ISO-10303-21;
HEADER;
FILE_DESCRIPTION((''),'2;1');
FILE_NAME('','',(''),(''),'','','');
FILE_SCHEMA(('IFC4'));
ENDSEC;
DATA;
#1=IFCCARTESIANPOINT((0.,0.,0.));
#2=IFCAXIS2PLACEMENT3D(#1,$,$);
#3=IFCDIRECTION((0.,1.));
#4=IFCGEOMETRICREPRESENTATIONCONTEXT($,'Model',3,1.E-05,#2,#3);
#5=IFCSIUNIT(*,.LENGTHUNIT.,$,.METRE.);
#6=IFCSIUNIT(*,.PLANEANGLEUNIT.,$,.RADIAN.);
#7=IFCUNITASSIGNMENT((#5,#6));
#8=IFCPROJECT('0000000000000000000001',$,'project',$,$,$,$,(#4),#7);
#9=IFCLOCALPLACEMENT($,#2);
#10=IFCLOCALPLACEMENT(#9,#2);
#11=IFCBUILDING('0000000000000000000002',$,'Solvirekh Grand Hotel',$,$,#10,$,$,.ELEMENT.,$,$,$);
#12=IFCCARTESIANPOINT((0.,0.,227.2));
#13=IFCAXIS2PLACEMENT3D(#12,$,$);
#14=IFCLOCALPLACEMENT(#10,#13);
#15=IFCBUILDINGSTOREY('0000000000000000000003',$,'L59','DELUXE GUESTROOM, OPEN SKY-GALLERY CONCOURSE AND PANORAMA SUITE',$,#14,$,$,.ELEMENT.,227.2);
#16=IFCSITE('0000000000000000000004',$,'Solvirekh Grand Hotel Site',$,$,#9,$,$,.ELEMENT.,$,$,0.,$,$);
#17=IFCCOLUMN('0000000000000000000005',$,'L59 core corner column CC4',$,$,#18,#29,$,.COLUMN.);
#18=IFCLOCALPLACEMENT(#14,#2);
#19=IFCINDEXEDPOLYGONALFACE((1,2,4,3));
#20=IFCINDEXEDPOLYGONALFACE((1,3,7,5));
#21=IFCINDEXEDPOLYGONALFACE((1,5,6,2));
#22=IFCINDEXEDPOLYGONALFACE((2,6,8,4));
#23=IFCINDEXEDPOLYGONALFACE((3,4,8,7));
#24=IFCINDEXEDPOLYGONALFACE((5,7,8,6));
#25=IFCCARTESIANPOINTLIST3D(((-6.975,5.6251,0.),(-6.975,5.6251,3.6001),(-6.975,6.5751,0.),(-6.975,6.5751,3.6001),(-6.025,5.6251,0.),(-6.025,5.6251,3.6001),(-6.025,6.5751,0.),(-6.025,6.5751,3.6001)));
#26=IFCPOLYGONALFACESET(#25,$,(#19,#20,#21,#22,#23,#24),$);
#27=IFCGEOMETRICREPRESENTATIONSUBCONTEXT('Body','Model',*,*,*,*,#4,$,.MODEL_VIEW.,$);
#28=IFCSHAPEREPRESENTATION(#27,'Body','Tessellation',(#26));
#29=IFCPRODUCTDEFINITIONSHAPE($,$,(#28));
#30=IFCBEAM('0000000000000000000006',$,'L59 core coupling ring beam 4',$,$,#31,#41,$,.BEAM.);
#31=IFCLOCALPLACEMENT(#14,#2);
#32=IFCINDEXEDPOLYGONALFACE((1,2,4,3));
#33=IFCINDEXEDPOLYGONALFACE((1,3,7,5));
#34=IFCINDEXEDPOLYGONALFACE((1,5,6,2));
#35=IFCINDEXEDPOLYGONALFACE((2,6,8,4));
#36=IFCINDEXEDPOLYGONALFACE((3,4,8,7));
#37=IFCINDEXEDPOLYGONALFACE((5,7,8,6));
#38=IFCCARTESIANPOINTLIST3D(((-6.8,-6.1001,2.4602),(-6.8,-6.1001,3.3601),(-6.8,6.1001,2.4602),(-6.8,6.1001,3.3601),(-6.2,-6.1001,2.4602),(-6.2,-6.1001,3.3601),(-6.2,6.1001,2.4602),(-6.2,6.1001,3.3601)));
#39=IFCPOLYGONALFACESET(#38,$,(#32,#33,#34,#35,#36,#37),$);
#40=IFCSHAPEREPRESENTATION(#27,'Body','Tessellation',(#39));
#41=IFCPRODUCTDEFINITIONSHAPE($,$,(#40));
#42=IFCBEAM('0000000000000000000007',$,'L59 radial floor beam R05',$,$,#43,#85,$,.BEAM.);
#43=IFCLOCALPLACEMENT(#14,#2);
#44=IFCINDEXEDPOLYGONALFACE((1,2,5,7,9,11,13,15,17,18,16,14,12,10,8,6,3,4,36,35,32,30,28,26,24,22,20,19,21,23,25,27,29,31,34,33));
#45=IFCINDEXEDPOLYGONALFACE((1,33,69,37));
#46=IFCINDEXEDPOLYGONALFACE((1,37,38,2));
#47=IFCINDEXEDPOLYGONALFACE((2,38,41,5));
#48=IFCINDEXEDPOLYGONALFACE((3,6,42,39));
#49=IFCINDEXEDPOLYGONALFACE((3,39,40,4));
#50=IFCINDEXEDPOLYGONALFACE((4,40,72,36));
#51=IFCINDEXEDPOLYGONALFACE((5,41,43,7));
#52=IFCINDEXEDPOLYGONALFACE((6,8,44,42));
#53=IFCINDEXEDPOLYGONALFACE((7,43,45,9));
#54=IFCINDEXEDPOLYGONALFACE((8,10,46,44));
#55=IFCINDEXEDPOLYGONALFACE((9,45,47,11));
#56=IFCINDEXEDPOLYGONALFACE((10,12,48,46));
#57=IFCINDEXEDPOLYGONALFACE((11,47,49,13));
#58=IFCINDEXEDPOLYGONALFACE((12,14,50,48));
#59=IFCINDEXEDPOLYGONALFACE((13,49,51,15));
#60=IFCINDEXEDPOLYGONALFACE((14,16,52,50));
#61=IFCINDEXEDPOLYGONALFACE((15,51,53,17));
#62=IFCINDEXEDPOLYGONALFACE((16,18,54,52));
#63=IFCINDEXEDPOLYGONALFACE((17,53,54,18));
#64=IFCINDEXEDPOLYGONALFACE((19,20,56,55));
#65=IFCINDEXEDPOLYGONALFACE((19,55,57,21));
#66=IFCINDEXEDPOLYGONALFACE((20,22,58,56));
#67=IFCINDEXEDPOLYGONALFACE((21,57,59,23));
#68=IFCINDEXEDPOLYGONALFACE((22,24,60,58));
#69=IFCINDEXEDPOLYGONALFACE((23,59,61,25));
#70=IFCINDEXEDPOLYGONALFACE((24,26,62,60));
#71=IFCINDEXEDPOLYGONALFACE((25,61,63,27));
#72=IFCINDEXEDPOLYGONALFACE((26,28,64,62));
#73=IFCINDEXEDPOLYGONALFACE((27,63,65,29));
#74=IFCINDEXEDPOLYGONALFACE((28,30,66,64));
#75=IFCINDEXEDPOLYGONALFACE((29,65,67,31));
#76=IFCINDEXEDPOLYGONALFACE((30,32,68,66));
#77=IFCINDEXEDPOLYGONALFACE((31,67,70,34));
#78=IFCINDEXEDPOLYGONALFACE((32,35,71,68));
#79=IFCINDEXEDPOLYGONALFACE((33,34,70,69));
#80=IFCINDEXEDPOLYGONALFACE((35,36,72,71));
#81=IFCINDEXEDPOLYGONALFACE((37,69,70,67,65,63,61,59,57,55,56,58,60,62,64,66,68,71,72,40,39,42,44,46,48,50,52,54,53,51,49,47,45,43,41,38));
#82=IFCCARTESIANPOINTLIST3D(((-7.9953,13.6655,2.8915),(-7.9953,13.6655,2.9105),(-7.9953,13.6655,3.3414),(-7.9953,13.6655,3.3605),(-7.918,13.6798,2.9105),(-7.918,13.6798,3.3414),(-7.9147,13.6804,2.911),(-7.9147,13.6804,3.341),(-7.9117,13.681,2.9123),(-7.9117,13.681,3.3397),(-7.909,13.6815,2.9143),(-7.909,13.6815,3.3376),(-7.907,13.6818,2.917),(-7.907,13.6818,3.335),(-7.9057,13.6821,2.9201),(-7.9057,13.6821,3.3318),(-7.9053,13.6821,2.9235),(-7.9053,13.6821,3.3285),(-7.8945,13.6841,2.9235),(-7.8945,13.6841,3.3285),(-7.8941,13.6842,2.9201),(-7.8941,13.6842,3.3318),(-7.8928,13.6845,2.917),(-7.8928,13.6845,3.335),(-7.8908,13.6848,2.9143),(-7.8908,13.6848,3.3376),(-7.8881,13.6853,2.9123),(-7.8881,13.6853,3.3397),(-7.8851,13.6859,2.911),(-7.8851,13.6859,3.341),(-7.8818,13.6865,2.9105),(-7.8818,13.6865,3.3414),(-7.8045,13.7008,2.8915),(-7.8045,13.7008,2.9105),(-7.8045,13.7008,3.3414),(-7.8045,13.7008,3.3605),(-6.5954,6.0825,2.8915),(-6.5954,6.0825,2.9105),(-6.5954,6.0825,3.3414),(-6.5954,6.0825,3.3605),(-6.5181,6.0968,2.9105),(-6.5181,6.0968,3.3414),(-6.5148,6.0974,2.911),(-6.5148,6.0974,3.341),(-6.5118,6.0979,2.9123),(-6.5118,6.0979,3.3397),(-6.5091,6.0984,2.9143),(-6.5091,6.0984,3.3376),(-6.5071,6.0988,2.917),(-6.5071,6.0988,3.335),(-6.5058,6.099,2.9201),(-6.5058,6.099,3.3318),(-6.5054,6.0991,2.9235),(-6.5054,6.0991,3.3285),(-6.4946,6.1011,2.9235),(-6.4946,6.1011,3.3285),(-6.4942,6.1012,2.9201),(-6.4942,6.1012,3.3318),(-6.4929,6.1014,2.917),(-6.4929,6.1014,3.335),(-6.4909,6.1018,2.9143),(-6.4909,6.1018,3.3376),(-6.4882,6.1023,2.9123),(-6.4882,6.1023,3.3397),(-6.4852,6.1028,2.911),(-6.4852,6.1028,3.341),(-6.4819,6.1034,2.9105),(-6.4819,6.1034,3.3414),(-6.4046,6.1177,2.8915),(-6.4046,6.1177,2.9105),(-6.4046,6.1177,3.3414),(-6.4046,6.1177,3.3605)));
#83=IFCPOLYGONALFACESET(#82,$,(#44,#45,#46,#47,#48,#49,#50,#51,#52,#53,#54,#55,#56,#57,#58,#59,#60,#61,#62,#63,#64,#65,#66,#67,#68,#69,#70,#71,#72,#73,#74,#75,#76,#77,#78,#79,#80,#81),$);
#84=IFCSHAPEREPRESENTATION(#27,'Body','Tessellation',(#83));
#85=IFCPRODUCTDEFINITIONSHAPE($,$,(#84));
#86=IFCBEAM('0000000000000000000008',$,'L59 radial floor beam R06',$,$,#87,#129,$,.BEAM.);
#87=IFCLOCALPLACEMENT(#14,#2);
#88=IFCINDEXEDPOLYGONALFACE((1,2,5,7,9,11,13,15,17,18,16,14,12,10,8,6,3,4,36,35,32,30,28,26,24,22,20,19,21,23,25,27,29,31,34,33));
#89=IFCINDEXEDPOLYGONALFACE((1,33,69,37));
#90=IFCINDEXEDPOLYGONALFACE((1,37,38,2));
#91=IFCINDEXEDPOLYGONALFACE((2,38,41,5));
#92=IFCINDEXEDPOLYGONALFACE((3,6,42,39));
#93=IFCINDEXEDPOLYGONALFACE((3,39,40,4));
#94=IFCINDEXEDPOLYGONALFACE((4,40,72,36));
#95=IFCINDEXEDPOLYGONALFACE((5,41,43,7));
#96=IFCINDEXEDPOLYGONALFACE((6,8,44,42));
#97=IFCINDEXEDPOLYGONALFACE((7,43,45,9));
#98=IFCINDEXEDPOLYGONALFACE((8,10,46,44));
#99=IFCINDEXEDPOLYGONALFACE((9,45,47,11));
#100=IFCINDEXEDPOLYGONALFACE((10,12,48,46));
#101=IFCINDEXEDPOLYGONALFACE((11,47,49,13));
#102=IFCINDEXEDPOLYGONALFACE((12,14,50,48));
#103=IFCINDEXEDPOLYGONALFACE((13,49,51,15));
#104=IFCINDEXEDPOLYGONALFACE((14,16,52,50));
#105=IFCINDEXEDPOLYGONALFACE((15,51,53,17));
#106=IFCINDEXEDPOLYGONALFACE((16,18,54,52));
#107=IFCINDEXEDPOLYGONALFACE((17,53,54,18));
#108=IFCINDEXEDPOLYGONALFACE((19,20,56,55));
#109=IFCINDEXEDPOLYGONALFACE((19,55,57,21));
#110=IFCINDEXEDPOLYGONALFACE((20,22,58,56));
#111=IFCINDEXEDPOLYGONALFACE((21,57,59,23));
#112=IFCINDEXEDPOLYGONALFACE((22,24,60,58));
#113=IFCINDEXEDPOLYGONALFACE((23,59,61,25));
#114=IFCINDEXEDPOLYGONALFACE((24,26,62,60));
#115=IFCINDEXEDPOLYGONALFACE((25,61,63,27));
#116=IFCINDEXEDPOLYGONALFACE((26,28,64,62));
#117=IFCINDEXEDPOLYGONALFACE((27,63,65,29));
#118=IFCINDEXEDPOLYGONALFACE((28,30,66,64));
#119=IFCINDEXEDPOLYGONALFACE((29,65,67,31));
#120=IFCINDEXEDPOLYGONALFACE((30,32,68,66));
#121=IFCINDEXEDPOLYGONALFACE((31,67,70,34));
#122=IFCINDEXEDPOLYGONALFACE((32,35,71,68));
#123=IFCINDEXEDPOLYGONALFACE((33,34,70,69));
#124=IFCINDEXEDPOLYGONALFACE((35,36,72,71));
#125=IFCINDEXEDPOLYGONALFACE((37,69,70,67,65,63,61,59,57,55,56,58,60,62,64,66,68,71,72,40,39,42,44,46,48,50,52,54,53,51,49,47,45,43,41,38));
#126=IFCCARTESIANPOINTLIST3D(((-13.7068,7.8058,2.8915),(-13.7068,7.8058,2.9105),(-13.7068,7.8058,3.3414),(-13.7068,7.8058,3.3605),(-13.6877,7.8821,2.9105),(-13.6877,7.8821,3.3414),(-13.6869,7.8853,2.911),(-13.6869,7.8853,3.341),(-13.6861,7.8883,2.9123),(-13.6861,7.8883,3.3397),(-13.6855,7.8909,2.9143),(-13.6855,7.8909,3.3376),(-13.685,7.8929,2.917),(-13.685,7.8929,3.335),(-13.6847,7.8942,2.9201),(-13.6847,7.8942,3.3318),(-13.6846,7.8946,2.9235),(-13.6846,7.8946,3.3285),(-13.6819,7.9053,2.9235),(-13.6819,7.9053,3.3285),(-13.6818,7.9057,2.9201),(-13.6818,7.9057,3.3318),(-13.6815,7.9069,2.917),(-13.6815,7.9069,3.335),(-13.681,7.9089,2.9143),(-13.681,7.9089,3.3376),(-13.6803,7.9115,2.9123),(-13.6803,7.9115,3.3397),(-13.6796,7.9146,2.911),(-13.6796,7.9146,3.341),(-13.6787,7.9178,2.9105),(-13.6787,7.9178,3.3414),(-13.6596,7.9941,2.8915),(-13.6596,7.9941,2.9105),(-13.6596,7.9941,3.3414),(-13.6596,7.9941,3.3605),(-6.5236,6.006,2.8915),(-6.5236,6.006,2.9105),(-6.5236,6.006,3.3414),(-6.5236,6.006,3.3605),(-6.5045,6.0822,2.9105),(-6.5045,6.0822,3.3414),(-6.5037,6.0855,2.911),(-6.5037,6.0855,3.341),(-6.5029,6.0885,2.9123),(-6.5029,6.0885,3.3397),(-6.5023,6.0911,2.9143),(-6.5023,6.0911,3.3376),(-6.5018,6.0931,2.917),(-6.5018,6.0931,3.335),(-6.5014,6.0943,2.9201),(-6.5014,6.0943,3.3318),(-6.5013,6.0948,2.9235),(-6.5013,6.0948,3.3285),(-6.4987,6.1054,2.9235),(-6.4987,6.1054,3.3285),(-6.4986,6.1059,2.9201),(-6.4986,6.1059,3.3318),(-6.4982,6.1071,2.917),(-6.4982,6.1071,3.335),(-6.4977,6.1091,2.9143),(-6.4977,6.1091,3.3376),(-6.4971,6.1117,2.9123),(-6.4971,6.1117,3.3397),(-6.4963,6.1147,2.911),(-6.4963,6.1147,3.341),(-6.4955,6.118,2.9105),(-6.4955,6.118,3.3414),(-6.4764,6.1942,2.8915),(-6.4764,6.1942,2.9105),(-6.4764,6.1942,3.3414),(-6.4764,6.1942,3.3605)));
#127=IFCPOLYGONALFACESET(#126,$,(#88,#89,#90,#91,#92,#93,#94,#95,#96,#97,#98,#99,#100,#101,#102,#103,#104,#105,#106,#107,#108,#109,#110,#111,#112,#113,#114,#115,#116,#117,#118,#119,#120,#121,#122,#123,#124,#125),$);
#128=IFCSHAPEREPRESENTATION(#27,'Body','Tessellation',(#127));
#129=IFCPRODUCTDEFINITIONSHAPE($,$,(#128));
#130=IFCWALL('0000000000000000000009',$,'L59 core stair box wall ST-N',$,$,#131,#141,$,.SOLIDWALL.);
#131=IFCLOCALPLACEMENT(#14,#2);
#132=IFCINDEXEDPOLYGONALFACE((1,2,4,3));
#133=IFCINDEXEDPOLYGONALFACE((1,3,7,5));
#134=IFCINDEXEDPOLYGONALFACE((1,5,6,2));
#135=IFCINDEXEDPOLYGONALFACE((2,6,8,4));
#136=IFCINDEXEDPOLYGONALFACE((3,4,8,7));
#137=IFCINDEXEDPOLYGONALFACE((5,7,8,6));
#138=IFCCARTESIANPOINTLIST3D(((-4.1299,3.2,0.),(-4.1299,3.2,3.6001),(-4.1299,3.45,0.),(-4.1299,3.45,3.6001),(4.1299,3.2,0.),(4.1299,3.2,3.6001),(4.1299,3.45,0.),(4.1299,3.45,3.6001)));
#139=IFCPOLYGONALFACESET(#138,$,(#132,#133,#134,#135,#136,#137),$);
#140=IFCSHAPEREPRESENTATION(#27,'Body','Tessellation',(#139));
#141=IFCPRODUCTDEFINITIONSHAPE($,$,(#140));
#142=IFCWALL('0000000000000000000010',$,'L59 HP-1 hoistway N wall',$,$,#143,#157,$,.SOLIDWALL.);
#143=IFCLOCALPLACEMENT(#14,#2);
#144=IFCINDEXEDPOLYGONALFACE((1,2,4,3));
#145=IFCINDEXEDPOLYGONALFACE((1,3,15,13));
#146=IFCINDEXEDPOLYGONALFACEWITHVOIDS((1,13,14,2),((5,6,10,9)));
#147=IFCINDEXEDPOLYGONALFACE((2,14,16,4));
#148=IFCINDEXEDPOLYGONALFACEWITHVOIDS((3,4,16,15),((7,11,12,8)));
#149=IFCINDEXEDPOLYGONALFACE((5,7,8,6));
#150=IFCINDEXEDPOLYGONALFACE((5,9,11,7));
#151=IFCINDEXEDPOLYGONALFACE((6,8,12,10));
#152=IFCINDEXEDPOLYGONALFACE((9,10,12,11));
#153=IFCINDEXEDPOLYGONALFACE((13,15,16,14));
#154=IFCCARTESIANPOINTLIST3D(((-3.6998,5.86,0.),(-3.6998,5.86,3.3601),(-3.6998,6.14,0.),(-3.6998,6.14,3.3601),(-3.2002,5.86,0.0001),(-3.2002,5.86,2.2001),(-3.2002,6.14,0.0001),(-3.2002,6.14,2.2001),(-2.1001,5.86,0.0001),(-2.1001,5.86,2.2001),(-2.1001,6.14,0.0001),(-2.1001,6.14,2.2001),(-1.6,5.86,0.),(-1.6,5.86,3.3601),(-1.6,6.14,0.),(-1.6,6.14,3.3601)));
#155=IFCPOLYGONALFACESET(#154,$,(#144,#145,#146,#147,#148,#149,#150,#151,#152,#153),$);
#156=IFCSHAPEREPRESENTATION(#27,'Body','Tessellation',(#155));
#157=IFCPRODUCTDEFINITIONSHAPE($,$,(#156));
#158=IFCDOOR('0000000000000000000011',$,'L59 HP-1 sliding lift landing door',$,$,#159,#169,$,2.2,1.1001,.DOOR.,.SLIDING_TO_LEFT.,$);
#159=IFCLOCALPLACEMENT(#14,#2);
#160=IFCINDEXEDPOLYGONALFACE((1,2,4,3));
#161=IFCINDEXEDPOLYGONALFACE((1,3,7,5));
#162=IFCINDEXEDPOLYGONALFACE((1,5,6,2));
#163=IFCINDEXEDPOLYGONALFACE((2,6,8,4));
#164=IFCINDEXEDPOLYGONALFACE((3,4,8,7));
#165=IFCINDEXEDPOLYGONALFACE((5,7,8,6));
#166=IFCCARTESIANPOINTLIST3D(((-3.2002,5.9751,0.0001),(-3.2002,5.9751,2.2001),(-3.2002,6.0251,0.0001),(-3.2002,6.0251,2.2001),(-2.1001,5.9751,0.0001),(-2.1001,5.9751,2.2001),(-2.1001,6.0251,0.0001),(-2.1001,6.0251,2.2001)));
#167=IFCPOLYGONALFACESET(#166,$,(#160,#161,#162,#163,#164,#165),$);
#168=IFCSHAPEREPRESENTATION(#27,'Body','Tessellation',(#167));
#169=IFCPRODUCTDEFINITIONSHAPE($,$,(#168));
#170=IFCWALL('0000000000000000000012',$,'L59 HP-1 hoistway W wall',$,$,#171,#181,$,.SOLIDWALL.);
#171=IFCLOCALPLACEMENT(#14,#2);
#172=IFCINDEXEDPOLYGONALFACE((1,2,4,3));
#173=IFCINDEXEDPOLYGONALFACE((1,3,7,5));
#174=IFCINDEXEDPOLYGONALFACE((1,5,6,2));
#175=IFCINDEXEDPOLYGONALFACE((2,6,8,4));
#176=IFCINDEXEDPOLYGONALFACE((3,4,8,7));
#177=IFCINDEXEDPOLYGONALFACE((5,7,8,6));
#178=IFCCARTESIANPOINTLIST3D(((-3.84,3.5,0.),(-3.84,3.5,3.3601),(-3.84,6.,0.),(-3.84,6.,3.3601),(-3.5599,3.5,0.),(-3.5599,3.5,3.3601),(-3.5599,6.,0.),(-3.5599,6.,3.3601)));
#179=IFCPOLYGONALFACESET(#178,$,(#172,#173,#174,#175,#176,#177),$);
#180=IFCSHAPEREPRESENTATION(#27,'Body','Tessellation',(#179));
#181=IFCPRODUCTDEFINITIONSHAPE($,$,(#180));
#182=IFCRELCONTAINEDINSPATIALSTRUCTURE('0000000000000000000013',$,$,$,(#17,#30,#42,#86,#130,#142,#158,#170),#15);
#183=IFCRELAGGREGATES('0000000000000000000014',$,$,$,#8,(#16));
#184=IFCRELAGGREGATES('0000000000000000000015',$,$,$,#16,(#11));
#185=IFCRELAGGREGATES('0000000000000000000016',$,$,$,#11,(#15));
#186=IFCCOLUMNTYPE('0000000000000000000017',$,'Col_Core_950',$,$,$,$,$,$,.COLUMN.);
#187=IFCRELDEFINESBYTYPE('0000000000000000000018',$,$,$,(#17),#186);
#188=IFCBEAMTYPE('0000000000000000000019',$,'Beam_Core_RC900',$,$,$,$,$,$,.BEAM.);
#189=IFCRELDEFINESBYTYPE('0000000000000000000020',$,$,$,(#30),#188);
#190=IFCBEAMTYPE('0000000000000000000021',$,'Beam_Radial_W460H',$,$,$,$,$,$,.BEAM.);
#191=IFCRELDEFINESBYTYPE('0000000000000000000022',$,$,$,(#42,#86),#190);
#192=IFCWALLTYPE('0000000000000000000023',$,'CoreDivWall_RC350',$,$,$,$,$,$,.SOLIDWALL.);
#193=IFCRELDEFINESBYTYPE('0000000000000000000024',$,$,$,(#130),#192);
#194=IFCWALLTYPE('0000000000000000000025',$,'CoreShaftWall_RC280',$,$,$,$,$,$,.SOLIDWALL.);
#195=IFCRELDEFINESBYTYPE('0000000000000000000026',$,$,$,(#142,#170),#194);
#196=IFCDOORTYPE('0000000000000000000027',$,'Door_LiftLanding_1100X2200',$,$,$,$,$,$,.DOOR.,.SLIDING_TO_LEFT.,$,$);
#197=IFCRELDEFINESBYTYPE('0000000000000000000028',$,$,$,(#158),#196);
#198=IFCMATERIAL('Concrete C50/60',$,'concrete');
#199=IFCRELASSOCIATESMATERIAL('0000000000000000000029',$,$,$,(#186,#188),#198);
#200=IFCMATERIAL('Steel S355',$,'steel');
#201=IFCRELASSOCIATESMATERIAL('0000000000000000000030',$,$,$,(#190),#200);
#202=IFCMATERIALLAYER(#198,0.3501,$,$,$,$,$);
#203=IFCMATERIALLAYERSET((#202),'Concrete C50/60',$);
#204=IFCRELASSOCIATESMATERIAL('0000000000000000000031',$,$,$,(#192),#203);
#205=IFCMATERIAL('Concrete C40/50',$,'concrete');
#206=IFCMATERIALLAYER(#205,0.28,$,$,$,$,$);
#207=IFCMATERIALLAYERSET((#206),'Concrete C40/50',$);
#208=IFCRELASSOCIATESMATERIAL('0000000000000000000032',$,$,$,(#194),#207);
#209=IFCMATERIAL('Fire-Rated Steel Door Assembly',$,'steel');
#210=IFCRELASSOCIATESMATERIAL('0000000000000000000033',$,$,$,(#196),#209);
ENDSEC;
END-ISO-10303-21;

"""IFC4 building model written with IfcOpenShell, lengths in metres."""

from ifc_helpers import new_model, si_unit, direction, frame, frame_2d, origin, origin_2d, place, context, subcontext, project, spatial, rectangle, i_section, extrude, material, layer, layer_set, material_profile, profile_set, type_object, element, fill, save


model = new_model("IFC4")

# Units and contexts
model_context = context("Model", 3, precision=1e-05, world=origin(), true_north=direction((0.0, 1.0)))
body_context = subcontext(model_context, "Body", "Model", "MODEL_VIEW")
ifc_project = project(units=[si_unit("LENGTHUNIT", "METRE"), si_unit("PLANEANGLEUNIT", "RADIAN")], contexts=[model_context])

# Site, building, storey
site_placement = place(None, origin())
site = spatial("IfcSite", under=ifc_project, at=site_placement, Name="Solvirekh Grand Hotel Site", CompositionType="ELEMENT", RefElevation=0.0)
building_placement = place(site_placement, origin())
building = spatial("IfcBuilding", under=site, at=building_placement, Name="Solvirekh Grand Hotel", CompositionType="ELEMENT")
storey_placement = place(building_placement, frame((0.0, 0.0, 227.2)))
storey = spatial("IfcBuildingStorey", under=building, at=storey_placement, Name="L59", Description="DELUXE GUESTROOM, OPEN SKY-GALLERY CONCOURSE AND PANORAMA SUITE", CompositionType="ELEMENT", Elevation=227.2)

# Column
ifc_material_1 = material(Name="Concrete C50/60", Category="concrete")
ifc_material_profile_1 = material_profile(ifc_material_1, rectangle(XDim=0.95, YDim=0.95, at=origin_2d()), Name="RC 950X950")
ifc_profile_set_1 = profile_set([ifc_material_profile_1], Name="Concrete C50/60")
column_type = type_object("IfcColumnType", Name="Col_Core_950", PredefinedType="COLUMN", material=ifc_profile_set_1)
column_placement = place(storey_placement, frame((-6.5, 6.1001, 0.0), z_axis=(0.0, 0.0, 1.0), x_axis=(1.0, 0.0, 0.0)))
element("IfcColumn", 1, at=column_placement, inside=storey, type_object=column_type, Name="L59 core corner column CC4", PredefinedType="COLUMN", context=body_context, shape_type="SweptSolid", body=[
    extrude(rectangle(XDim=0.95, YDim=0.95, at=origin_2d()), origin(), (0.0, 0.0, 1.0), 3.6001),
])

# Beams
ifc_material_profile_2 = material_profile(ifc_material_1, rectangle(XDim=0.6001, YDim=0.8999, at=origin_2d()), Name="RC BEAM 600X900")
ifc_profile_set_2 = profile_set([ifc_material_profile_2], Name="Concrete C50/60")
beam_type_1 = type_object("IfcBeamType", Name="Beam_Core_RC900", PredefinedType="BEAM", material=ifc_profile_set_2)
beam_1_placement = place(storey_placement, frame((-6.5, 6.1001, 2.9102), z_axis=(0.0, -1.0, 0.0), x_axis=(1.0, 0.0, 0.0)))
element("IfcBeam", 2, at=beam_1_placement, inside=storey, type_object=beam_type_1, Name="L59 core coupling ring beam 4", PredefinedType="BEAM", context=body_context, shape_type="SweptSolid", body=[
    extrude(rectangle(XDim=0.6001, YDim=0.8999, at=origin_2d()), origin(), (0.0, 0.0, 1.0), 12.2002),
])
ifc_material_2 = material(Name="Steel S355", Category="steel")
ifc_material_profile_3 = material_profile(ifc_material_2, i_section(OverallWidth=0.1941, OverallDepth=0.469, WebThickness=0.011, FlangeThickness=0.019, FilletRadius=0.0129, at=origin_2d()), Name="W460X106")
ifc_profile_set_3 = profile_set([ifc_material_profile_3], Name="Steel S355")
beam_type_2 = type_object("IfcBeamType", Name="Beam_Radial_W460H", PredefinedType="BEAM", material=ifc_profile_set_3)
beam_2_placement = place(storey_placement, frame((-6.5, 6.1001, 3.126), z_axis=(-0.181543, 0.983383, 0.0), x_axis=(-0.983383, -0.181543, 0.0)))
element("IfcBeam", 3, at=beam_2_placement, inside=storey, type_object=beam_type_2, Name="L59 radial floor beam R05", PredefinedType="BEAM", context=body_context, shape_type="SweptSolid", body=[
    extrude(i_section(OverallWidth=0.1941, OverallDepth=0.469, WebThickness=0.011, FlangeThickness=0.019, FilletRadius=0.0129, at=origin_2d()), origin(), (0.0, 0.0, 1.0), 7.7112),
])
beam_3_placement = place(storey_placement, frame((-6.5, 6.1001, 3.126), z_axis=(-0.970014, 0.243048, 0.0), x_axis=(-0.243048, -0.970014, 0.0)))
element("IfcBeam", 4, at=beam_3_placement, inside=storey, type_object=beam_type_2, Name="L59 radial floor beam R06", PredefinedType="BEAM", context=body_context, shape_type="SweptSolid", body=[
    extrude(i_section(OverallWidth=0.1941, OverallDepth=0.469, WebThickness=0.011, FlangeThickness=0.019, FilletRadius=0.0129, at=origin_2d()), origin(), (0.0, 0.0, 1.0), 7.4053),
])

# Wall
ifc_layer_1 = layer(ifc_material_1, 0.3501)
ifc_layer_set_1 = layer_set([ifc_layer_1], Name="Concrete C50/60")
wall_type_1 = type_object("IfcWallType", Name="CoreDivWall_RC350", PredefinedType="SOLIDWALL", material=ifc_layer_set_1)
wall_1_placement = place(storey_placement, frame((-4.1299, 3.325, 0.0), z_axis=(0.0, 0.0, 1.0), x_axis=(1.0, 0.0, 0.0)))
element("IfcWall", 5, at=wall_1_placement, inside=storey, type_object=wall_type_1, Name="L59 core stair box wall ST-N", PredefinedType="SOLIDWALL", context=body_context, shape_type="SweptSolid", body=[
    extrude(rectangle(XDim=8.2598, YDim=0.25, at=frame_2d((4.1299, 0.0))), origin(), (0.0, 0.0, 1.0), 3.6001),
])

# Wall, opening, door
ifc_material_3 = material(Name="Concrete C40/50", Category="concrete")
ifc_layer_2 = layer(ifc_material_3, 0.28)
ifc_layer_set_2 = layer_set([ifc_layer_2], Name="Concrete C40/50")
wall_type_2 = type_object("IfcWallType", Name="CoreShaftWall_RC280", PredefinedType="SOLIDWALL", material=ifc_layer_set_2)
wall_2_placement = place(storey_placement, frame((-1.6001, 6.0, 0.0), z_axis=(0.0, 0.0, 1.0), x_axis=(-1.0, 0.0, 0.0)))
wall_2 = element("IfcWall", 6, at=wall_2_placement, inside=storey, type_object=wall_type_2, Name="L59 HP-1 hoistway N wall", PredefinedType="SOLIDWALL", context=body_context, shape_type="SweptSolid", body=[
    extrude(rectangle(XDim=2.0999, YDim=0.28, at=frame_2d((1.0498, 0.0))), origin(), (0.0, 0.0, 1.0), 3.3601),
])
opening_1_placement = place(wall_2_placement, frame((0.5, 0.0, 0.0)))
opening_1 = element("IfcOpeningElement", 7, at=opening_1_placement, cuts=wall_2, PredefinedType="OPENING", context=body_context, shape_type="SweptSolid", body=[
    extrude(rectangle(XDim=1.1001, YDim=2.2, at=frame_2d((0.55, 1.1001))), frame((0.0, 0.1499, 0.0), z_axis=(0.0, -1.0, 0.0), x_axis=(1.0, 0.0, 0.0)), (0.0, 0.0, 1.0), 0.3),
])
ifc_material_4 = material(Name="Fire-Rated Steel Door Assembly", Category="steel")
door_type_1 = type_object("IfcDoorType", Name="Door_LiftLanding_1100X2200", OperationType="SLIDING_TO_LEFT", PredefinedType="DOOR", material=ifc_material_4)
door_1_placement = place(opening_1_placement, origin())
door_1 = element("IfcDoor", 8, at=door_1_placement, inside=storey, type_object=door_type_1, Name="L59 HP-1 sliding lift landing door", OperationType="SLIDING_TO_LEFT", OverallHeight=2.2, OverallWidth=1.1001, PredefinedType="DOOR", context=body_context, shape_type="SweptSolid", body=[
    extrude(rectangle(XDim=1.1001, YDim=2.2, at=frame_2d((0.55, 1.1001))), frame((0.0, 0.0249, 0.0), z_axis=(0.0, -1.0, 0.0), x_axis=(1.0, 0.0, 0.0)), (0.0, 0.0, 1.0), 0.05),
])
fill(opening_1, door_1)

# Wall
for number, where, z_axis, x_axis, name in (
    (9, (-3.7, 6.0, 0.0), (0.0, 0.0, 1.0), (0.0, -1.0, 0.0), "L59 HP-1 hoistway W wall"),
):
    element("IfcWall", number, at=place(storey_placement, frame(where, z_axis=z_axis, x_axis=x_axis)), inside=storey, type_object=wall_type_2, Name=name, PredefinedType="SOLIDWALL", context=body_context, shape_type="SweptSolid", body=[
        extrude(rectangle(XDim=2.5, YDim=0.28, at=frame_2d((1.25, 0.0))), origin(), (0.0, 0.0, 1.0), 3.3601),
    ])

save(model, "model.ifc")
